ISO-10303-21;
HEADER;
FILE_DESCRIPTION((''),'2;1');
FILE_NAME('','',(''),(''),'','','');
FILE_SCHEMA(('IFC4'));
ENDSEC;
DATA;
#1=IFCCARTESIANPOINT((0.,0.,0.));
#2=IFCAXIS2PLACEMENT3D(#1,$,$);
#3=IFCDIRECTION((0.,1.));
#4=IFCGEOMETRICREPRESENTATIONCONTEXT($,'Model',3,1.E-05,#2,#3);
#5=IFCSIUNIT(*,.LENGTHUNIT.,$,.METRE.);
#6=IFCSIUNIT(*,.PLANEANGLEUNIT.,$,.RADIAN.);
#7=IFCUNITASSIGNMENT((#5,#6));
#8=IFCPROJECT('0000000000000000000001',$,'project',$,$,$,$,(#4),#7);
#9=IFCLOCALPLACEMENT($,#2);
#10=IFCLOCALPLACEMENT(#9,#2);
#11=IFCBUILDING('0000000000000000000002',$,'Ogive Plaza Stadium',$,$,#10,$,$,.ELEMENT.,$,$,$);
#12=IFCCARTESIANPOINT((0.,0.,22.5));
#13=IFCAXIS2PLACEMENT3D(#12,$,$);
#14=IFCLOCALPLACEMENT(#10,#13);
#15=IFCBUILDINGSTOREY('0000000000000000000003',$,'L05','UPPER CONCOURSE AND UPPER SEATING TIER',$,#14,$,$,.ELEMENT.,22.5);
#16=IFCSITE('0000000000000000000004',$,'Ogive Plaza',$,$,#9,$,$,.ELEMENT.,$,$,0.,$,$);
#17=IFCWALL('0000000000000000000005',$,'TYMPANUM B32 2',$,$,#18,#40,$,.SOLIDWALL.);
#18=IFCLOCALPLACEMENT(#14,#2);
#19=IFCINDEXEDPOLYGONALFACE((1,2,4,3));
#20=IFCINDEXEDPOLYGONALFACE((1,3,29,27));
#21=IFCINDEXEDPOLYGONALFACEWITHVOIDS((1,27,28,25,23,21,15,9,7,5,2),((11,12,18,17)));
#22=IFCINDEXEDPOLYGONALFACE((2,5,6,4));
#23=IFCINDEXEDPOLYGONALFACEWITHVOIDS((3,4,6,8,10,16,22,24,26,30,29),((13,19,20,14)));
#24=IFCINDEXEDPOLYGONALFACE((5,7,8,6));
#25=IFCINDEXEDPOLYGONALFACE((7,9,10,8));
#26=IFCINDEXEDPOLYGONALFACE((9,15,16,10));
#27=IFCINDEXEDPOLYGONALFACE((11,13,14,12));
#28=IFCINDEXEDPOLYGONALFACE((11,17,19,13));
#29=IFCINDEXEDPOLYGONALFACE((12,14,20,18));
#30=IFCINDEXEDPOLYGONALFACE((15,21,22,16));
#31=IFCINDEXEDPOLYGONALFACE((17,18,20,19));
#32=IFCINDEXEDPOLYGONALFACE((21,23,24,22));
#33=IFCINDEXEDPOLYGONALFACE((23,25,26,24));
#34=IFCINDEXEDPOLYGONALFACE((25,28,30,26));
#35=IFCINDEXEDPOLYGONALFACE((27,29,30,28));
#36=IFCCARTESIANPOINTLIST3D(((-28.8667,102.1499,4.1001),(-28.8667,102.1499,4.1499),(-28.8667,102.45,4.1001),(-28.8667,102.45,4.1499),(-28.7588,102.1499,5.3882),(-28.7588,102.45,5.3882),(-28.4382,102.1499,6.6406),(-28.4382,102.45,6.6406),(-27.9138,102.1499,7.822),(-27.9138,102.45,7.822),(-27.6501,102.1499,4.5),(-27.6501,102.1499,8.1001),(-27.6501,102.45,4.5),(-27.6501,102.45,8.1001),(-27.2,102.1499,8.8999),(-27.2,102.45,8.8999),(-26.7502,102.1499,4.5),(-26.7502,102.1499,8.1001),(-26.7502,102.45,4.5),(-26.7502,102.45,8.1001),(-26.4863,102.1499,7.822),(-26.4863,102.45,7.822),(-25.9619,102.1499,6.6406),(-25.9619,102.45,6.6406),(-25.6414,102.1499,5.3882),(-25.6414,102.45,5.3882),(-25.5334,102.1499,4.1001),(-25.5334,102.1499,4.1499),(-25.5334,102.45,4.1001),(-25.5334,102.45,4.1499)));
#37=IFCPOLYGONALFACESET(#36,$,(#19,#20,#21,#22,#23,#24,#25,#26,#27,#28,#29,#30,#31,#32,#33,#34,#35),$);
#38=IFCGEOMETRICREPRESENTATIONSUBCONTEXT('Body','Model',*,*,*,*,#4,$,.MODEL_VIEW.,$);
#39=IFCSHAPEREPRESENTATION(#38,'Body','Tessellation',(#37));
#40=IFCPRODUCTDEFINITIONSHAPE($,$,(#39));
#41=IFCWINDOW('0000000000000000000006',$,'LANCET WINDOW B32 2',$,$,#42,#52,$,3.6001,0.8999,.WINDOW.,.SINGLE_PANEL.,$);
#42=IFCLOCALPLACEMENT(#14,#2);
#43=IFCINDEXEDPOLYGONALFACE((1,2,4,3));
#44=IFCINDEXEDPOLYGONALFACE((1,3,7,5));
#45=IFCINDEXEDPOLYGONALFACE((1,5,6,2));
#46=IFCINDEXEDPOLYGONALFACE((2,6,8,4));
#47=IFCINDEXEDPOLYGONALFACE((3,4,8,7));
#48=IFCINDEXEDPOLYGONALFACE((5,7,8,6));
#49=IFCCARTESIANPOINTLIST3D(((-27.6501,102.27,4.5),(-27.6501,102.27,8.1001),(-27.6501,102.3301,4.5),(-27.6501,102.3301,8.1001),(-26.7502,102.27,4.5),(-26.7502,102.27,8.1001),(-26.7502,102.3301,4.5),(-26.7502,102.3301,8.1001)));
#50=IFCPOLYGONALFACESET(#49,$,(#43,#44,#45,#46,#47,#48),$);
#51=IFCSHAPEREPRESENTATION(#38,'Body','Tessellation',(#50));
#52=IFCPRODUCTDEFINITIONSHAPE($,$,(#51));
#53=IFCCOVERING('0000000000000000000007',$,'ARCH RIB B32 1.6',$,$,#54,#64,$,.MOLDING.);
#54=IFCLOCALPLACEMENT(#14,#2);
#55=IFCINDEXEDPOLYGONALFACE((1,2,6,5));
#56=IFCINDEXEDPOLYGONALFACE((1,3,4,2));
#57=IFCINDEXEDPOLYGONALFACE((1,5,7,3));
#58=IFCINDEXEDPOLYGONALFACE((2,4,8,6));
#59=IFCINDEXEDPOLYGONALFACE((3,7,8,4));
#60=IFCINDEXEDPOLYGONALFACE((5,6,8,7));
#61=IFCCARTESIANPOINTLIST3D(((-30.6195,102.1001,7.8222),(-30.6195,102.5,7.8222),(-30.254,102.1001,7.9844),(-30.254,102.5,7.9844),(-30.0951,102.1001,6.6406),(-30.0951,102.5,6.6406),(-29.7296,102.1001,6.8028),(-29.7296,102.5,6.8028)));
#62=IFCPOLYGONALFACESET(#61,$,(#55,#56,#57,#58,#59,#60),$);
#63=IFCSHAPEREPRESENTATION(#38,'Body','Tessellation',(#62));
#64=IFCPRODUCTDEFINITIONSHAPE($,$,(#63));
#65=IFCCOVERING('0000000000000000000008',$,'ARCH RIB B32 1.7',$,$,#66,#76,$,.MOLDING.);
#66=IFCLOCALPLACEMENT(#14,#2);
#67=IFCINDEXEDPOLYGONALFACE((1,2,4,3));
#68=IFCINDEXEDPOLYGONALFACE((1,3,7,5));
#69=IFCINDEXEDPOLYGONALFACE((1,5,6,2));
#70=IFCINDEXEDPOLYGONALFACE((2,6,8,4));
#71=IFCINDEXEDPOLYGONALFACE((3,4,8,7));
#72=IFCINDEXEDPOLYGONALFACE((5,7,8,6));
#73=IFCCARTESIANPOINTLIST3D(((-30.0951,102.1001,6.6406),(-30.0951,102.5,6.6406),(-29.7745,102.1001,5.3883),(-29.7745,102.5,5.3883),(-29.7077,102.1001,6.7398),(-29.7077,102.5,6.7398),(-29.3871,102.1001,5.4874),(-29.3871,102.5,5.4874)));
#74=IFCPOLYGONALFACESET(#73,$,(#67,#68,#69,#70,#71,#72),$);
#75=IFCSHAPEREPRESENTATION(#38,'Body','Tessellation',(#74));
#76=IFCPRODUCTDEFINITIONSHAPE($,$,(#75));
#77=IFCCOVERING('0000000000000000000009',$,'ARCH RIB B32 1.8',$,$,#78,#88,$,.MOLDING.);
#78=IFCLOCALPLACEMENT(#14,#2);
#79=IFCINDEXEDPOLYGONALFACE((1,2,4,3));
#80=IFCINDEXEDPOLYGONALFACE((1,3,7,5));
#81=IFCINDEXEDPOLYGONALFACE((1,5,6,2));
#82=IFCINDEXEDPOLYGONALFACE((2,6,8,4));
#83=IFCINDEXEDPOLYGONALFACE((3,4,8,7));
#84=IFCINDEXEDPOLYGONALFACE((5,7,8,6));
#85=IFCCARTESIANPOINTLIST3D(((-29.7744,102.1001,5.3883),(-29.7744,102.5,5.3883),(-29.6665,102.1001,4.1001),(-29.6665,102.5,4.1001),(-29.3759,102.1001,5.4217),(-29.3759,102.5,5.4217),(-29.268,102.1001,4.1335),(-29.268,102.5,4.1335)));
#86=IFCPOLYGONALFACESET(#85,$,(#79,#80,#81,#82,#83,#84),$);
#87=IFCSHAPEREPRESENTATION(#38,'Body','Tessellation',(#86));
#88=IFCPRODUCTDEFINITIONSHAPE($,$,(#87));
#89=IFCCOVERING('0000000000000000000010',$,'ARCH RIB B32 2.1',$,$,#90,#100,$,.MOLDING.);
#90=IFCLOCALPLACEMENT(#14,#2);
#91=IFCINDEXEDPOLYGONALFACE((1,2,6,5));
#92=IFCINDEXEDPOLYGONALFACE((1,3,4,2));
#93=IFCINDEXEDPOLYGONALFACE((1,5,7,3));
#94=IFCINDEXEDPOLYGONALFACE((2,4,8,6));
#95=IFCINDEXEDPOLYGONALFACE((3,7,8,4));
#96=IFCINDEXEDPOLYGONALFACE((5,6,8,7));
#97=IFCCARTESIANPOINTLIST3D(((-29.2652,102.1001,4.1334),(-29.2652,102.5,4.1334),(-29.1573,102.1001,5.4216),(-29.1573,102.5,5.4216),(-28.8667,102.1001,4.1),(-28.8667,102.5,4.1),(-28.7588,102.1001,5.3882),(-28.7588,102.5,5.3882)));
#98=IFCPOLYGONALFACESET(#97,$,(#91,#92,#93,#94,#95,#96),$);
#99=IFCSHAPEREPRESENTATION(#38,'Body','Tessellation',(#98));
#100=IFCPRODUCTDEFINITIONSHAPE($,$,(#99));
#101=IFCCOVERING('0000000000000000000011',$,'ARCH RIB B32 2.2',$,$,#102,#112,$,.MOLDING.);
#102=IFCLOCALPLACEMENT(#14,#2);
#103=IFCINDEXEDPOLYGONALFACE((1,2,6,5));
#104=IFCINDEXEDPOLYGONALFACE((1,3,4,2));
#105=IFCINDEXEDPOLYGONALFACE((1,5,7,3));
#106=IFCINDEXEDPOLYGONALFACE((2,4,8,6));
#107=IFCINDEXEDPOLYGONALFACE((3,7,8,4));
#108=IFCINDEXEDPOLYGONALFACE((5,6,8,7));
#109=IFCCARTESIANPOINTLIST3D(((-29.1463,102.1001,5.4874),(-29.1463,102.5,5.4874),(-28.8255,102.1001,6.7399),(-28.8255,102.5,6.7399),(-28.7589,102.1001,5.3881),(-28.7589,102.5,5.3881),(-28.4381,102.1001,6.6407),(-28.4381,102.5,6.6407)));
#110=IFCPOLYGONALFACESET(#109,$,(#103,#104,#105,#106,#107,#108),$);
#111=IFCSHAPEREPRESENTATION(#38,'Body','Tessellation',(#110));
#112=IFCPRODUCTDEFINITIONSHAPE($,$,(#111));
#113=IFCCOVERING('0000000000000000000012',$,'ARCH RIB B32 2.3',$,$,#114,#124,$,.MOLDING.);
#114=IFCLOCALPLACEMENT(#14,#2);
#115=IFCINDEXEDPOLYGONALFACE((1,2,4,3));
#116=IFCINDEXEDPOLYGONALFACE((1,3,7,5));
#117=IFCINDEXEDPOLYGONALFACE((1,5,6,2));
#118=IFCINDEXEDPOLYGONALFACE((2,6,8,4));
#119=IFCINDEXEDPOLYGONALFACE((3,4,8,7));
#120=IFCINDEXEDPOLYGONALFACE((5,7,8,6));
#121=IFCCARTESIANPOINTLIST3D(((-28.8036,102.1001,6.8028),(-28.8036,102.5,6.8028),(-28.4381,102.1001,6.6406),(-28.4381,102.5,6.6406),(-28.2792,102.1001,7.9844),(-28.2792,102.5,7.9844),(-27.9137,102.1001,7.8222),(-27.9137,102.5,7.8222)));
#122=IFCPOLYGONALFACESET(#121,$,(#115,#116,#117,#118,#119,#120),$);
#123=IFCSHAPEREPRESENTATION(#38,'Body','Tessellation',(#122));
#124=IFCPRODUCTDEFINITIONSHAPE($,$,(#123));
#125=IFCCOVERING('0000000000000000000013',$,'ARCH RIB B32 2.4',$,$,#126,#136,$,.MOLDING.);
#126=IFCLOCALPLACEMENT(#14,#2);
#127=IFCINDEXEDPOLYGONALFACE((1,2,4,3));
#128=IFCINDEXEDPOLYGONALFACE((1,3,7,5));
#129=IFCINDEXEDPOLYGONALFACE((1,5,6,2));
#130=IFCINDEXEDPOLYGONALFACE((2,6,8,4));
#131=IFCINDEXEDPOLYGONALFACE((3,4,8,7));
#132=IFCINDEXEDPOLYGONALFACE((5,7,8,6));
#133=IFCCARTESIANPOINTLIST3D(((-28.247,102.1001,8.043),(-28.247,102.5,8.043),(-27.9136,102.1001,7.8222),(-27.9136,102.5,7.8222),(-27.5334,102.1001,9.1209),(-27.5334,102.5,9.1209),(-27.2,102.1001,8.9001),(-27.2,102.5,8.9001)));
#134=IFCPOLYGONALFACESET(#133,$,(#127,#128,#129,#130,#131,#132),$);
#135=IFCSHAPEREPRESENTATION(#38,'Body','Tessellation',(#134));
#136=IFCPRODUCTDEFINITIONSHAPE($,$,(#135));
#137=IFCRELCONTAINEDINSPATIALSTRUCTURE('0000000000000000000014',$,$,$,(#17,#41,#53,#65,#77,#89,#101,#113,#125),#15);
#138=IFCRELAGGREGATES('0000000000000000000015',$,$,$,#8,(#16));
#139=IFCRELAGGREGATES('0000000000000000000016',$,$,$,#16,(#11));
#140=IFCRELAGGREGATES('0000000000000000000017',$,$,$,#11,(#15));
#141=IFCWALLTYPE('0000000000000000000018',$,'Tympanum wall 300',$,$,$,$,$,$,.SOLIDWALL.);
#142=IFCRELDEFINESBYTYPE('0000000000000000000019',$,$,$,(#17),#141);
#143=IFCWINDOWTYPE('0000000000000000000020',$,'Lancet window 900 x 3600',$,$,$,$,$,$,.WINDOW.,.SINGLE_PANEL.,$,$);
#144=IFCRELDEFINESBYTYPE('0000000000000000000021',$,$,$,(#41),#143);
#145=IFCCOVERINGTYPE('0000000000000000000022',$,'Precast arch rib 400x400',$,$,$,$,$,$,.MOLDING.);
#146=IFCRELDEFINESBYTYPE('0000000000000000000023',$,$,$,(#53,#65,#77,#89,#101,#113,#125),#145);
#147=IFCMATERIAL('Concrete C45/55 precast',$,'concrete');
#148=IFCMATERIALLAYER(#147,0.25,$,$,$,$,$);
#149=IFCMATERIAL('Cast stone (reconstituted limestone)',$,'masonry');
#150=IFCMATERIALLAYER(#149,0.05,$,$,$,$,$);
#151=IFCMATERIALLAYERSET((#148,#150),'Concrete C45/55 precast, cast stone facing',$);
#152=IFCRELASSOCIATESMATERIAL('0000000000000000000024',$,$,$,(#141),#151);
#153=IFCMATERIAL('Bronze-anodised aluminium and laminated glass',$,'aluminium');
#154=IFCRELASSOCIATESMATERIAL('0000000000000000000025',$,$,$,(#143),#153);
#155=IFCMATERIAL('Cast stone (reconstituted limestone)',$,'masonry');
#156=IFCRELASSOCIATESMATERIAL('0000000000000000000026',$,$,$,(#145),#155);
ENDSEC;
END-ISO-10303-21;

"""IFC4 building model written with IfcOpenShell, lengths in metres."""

from ifc_helpers import new_model, si_unit, direction, frame, frame_2d, origin, origin_2d, place, context, subcontext, project, spatial, polyline, rectangle, outline, extrude, material, layer, layer_set, material_profile, profile_set, type_object, element, fill, save


model = new_model("IFC4")

# Units and contexts
model_context = context("Model", 3, precision=1e-05, world=origin(), true_north=direction((0.0, 1.0)))
body_context = subcontext(model_context, "Body", "Model", "MODEL_VIEW")
ifc_project = project(units=[si_unit("LENGTHUNIT", "METRE"), si_unit("PLANEANGLEUNIT", "RADIAN")], contexts=[model_context])

# Site, building, storey
site_placement = place(None, origin())
site = spatial("IfcSite", under=ifc_project, at=site_placement, Name="Ogive Plaza", CompositionType="ELEMENT", RefElevation=0.0)
building_placement = place(site_placement, origin())
building = spatial("IfcBuilding", under=site, at=building_placement, Name="Ogive Plaza Stadium", CompositionType="ELEMENT")
storey_placement = place(building_placement, frame((0.0, 0.0, 22.5)))
storey = spatial("IfcBuildingStorey", under=building, at=storey_placement, Name="L05", Description="UPPER CONCOURSE AND UPPER SEATING TIER", CompositionType="ELEMENT", Elevation=22.5)

# Wall, opening, window
ifc_material_1 = material(Name="Concrete C45/55 precast", Category="concrete")
ifc_layer_1 = layer(ifc_material_1, 0.25)
ifc_material_2 = material(Name="Cast stone (reconstituted limestone)", Category="masonry")
ifc_layer_2 = layer(ifc_material_2, 0.05)
ifc_layer_set_1 = layer_set([ifc_layer_1, ifc_layer_2], Name="Concrete C45/55 precast, cast stone facing")
wall_type = type_object("IfcWallType", Name="Tympanum wall 300", PredefinedType="SOLIDWALL", material=ifc_layer_set_1)
wall_placement = place(storey_placement, frame((-28.8667, 102.3, 4.1001), z_axis=(0.0, 0.0, 1.0), x_axis=(1.0, 0.0, 0.0)))
wall = element("IfcWall", 1, at=wall_placement, inside=storey, type_object=wall_type, Name="TYMPANUM B32 2", PredefinedType="SOLIDWALL", context=body_context, shape_type="SweptSolid", body=[
    extrude(outline(polyline([(0.0, 0.0), (3.3333, 0.0), (3.3333, 0.0498), (3.2253, 1.2881), (2.9048, 2.5405), (2.3804, 3.7219), (1.6667, 4.7998), (0.9529, 3.7219), (0.4285, 2.5405), (0.1079, 1.2881), (0.0, 0.0498), (0.0, 0.0)])), frame((0.0, 0.1499, 0.0), z_axis=(0.0, -1.0, 0.0), x_axis=(1.0, 0.0, 0.0)), (0.0, 0.0, 1.0), 0.3),
])
opening_placement = place(wall_placement, frame((1.2166, 0.0, 0.3999)))
opening = element("IfcOpeningElement", 2, at=opening_placement, cuts=wall, PredefinedType="OPENING", context=body_context, shape_type="SweptSolid", body=[
    extrude(rectangle(XDim=0.8999, YDim=3.6001, at=frame_2d((0.45, 1.8))), frame((0.0, 0.1602, 0.0), z_axis=(0.0, -1.0, 0.0), x_axis=(1.0, 0.0, 0.0)), (0.0, 0.0, 1.0), 0.3201),
])
ifc_material_3 = material(Name="Bronze-anodised aluminium and laminated glass", Category="aluminium")
window_type = type_object("IfcWindowType", Name="Lancet window 900 x 3600", PartitioningType="SINGLE_PANEL", PredefinedType="WINDOW", material=ifc_material_3)
window_placement = place(opening_placement, origin())
window = element("IfcWindow", 3, at=window_placement, inside=storey, type_object=window_type, Name="LANCET WINDOW B32 2", OverallHeight=3.6001, OverallWidth=0.8999, PartitioningType="SINGLE_PANEL", PredefinedType="WINDOW", context=body_context, shape_type="SweptSolid", body=[
    extrude(rectangle(XDim=0.8999, YDim=3.6001, at=frame_2d((0.45, 1.8))), frame((0.0, 0.03, 0.0), z_axis=(0.0, -1.0, 0.0), x_axis=(1.0, 0.0, 0.0)), (0.0, 0.0, 1.0), 0.0601),
])
fill(opening, window)

# Coverings
ifc_material_4 = material(Name="Cast stone (reconstituted limestone)", Category="masonry")
ifc_material_profile_1 = material_profile(ifc_material_4, rectangle(XDim=0.3999, YDim=0.3999, at=origin_2d()), Name="Cast stone 400x400")
ifc_profile_set_1 = profile_set([ifc_material_profile_1], Name="Cast stone (reconstituted limestone)")
covering_type = type_object("IfcCoveringType", Name="Precast arch rib 400x400", PredefinedType="MOLDING", material=ifc_profile_set_1)
for number, where, z_axis, x_axis, name in (
    (4, (-30.4368, 102.3, 7.9033), (0.405648, 0.0, -0.914029), (0.0, 1.0, 0.0), "ARCH RIB B32 1.6"),
    (5, (-29.9014, 102.3, 6.6902), (0.247953, 0.0, -0.968772), (0.0, 1.0, 0.0), "ARCH RIB B32 1.7"),
    (6, (-29.5752, 102.3, 5.405), (0.083467, 0.0, -0.996511), (0.0, 1.0, 0.0), "ARCH RIB B32 1.8"),
    (7, (-29.0659, 102.3, 4.1167), (0.083467, 0.0, 0.996511), (0.0, 1.0, 0.0), "ARCH RIB B32 2.1"),
):
    element("IfcCovering", number, at=place(storey_placement, frame(where, z_axis=z_axis, x_axis=x_axis)), inside=storey, type_object=covering_type, Name=name, PredefinedType="MOLDING", context=body_context, shape_type="SweptSolid", body=[
        extrude(rectangle(XDim=0.3999, YDim=0.3999, at=origin_2d()), origin(), (0.0, 0.0, 1.0), 1.2927),
    ])
covering_placement = place(storey_placement, frame((-28.9526, 102.3, 5.4377), z_axis=(0.24813, 0.0, 0.968727), x_axis=(0.0, 1.0, 0.0)))
element("IfcCovering", 8, at=covering_placement, inside=storey, type_object=covering_type, Name="ARCH RIB B32 2.2", PredefinedType="MOLDING", context=body_context, shape_type="SweptSolid", body=[
    extrude(rectangle(XDim=0.3999, YDim=0.3999, at=origin_2d()), origin(), (0.0, 0.0, 1.0), 1.293),
])
for number, where, z_axis, x_axis, name in (
    (9, (-28.6208, 102.3, 6.7217), (0.405648, 0.0, 0.914029), (0.0, 1.0, 0.0), "ARCH RIB B32 2.3"),
    (10, (-28.0803, 102.3, 7.9326), (0.552039, 0.0, 0.833818), (0.0, 1.0, 0.0), "ARCH RIB B32 2.4"),
):
    element("IfcCovering", number, at=place(storey_placement, frame(where, z_axis=z_axis, x_axis=x_axis)), inside=storey, type_object=covering_type, Name=name, PredefinedType="MOLDING", context=body_context, shape_type="SweptSolid", body=[
        extrude(rectangle(XDim=0.3999, YDim=0.3999, at=origin_2d()), origin(), (0.0, 0.0, 1.0), 1.2927),
    ])

save(model, "model.ifc")
